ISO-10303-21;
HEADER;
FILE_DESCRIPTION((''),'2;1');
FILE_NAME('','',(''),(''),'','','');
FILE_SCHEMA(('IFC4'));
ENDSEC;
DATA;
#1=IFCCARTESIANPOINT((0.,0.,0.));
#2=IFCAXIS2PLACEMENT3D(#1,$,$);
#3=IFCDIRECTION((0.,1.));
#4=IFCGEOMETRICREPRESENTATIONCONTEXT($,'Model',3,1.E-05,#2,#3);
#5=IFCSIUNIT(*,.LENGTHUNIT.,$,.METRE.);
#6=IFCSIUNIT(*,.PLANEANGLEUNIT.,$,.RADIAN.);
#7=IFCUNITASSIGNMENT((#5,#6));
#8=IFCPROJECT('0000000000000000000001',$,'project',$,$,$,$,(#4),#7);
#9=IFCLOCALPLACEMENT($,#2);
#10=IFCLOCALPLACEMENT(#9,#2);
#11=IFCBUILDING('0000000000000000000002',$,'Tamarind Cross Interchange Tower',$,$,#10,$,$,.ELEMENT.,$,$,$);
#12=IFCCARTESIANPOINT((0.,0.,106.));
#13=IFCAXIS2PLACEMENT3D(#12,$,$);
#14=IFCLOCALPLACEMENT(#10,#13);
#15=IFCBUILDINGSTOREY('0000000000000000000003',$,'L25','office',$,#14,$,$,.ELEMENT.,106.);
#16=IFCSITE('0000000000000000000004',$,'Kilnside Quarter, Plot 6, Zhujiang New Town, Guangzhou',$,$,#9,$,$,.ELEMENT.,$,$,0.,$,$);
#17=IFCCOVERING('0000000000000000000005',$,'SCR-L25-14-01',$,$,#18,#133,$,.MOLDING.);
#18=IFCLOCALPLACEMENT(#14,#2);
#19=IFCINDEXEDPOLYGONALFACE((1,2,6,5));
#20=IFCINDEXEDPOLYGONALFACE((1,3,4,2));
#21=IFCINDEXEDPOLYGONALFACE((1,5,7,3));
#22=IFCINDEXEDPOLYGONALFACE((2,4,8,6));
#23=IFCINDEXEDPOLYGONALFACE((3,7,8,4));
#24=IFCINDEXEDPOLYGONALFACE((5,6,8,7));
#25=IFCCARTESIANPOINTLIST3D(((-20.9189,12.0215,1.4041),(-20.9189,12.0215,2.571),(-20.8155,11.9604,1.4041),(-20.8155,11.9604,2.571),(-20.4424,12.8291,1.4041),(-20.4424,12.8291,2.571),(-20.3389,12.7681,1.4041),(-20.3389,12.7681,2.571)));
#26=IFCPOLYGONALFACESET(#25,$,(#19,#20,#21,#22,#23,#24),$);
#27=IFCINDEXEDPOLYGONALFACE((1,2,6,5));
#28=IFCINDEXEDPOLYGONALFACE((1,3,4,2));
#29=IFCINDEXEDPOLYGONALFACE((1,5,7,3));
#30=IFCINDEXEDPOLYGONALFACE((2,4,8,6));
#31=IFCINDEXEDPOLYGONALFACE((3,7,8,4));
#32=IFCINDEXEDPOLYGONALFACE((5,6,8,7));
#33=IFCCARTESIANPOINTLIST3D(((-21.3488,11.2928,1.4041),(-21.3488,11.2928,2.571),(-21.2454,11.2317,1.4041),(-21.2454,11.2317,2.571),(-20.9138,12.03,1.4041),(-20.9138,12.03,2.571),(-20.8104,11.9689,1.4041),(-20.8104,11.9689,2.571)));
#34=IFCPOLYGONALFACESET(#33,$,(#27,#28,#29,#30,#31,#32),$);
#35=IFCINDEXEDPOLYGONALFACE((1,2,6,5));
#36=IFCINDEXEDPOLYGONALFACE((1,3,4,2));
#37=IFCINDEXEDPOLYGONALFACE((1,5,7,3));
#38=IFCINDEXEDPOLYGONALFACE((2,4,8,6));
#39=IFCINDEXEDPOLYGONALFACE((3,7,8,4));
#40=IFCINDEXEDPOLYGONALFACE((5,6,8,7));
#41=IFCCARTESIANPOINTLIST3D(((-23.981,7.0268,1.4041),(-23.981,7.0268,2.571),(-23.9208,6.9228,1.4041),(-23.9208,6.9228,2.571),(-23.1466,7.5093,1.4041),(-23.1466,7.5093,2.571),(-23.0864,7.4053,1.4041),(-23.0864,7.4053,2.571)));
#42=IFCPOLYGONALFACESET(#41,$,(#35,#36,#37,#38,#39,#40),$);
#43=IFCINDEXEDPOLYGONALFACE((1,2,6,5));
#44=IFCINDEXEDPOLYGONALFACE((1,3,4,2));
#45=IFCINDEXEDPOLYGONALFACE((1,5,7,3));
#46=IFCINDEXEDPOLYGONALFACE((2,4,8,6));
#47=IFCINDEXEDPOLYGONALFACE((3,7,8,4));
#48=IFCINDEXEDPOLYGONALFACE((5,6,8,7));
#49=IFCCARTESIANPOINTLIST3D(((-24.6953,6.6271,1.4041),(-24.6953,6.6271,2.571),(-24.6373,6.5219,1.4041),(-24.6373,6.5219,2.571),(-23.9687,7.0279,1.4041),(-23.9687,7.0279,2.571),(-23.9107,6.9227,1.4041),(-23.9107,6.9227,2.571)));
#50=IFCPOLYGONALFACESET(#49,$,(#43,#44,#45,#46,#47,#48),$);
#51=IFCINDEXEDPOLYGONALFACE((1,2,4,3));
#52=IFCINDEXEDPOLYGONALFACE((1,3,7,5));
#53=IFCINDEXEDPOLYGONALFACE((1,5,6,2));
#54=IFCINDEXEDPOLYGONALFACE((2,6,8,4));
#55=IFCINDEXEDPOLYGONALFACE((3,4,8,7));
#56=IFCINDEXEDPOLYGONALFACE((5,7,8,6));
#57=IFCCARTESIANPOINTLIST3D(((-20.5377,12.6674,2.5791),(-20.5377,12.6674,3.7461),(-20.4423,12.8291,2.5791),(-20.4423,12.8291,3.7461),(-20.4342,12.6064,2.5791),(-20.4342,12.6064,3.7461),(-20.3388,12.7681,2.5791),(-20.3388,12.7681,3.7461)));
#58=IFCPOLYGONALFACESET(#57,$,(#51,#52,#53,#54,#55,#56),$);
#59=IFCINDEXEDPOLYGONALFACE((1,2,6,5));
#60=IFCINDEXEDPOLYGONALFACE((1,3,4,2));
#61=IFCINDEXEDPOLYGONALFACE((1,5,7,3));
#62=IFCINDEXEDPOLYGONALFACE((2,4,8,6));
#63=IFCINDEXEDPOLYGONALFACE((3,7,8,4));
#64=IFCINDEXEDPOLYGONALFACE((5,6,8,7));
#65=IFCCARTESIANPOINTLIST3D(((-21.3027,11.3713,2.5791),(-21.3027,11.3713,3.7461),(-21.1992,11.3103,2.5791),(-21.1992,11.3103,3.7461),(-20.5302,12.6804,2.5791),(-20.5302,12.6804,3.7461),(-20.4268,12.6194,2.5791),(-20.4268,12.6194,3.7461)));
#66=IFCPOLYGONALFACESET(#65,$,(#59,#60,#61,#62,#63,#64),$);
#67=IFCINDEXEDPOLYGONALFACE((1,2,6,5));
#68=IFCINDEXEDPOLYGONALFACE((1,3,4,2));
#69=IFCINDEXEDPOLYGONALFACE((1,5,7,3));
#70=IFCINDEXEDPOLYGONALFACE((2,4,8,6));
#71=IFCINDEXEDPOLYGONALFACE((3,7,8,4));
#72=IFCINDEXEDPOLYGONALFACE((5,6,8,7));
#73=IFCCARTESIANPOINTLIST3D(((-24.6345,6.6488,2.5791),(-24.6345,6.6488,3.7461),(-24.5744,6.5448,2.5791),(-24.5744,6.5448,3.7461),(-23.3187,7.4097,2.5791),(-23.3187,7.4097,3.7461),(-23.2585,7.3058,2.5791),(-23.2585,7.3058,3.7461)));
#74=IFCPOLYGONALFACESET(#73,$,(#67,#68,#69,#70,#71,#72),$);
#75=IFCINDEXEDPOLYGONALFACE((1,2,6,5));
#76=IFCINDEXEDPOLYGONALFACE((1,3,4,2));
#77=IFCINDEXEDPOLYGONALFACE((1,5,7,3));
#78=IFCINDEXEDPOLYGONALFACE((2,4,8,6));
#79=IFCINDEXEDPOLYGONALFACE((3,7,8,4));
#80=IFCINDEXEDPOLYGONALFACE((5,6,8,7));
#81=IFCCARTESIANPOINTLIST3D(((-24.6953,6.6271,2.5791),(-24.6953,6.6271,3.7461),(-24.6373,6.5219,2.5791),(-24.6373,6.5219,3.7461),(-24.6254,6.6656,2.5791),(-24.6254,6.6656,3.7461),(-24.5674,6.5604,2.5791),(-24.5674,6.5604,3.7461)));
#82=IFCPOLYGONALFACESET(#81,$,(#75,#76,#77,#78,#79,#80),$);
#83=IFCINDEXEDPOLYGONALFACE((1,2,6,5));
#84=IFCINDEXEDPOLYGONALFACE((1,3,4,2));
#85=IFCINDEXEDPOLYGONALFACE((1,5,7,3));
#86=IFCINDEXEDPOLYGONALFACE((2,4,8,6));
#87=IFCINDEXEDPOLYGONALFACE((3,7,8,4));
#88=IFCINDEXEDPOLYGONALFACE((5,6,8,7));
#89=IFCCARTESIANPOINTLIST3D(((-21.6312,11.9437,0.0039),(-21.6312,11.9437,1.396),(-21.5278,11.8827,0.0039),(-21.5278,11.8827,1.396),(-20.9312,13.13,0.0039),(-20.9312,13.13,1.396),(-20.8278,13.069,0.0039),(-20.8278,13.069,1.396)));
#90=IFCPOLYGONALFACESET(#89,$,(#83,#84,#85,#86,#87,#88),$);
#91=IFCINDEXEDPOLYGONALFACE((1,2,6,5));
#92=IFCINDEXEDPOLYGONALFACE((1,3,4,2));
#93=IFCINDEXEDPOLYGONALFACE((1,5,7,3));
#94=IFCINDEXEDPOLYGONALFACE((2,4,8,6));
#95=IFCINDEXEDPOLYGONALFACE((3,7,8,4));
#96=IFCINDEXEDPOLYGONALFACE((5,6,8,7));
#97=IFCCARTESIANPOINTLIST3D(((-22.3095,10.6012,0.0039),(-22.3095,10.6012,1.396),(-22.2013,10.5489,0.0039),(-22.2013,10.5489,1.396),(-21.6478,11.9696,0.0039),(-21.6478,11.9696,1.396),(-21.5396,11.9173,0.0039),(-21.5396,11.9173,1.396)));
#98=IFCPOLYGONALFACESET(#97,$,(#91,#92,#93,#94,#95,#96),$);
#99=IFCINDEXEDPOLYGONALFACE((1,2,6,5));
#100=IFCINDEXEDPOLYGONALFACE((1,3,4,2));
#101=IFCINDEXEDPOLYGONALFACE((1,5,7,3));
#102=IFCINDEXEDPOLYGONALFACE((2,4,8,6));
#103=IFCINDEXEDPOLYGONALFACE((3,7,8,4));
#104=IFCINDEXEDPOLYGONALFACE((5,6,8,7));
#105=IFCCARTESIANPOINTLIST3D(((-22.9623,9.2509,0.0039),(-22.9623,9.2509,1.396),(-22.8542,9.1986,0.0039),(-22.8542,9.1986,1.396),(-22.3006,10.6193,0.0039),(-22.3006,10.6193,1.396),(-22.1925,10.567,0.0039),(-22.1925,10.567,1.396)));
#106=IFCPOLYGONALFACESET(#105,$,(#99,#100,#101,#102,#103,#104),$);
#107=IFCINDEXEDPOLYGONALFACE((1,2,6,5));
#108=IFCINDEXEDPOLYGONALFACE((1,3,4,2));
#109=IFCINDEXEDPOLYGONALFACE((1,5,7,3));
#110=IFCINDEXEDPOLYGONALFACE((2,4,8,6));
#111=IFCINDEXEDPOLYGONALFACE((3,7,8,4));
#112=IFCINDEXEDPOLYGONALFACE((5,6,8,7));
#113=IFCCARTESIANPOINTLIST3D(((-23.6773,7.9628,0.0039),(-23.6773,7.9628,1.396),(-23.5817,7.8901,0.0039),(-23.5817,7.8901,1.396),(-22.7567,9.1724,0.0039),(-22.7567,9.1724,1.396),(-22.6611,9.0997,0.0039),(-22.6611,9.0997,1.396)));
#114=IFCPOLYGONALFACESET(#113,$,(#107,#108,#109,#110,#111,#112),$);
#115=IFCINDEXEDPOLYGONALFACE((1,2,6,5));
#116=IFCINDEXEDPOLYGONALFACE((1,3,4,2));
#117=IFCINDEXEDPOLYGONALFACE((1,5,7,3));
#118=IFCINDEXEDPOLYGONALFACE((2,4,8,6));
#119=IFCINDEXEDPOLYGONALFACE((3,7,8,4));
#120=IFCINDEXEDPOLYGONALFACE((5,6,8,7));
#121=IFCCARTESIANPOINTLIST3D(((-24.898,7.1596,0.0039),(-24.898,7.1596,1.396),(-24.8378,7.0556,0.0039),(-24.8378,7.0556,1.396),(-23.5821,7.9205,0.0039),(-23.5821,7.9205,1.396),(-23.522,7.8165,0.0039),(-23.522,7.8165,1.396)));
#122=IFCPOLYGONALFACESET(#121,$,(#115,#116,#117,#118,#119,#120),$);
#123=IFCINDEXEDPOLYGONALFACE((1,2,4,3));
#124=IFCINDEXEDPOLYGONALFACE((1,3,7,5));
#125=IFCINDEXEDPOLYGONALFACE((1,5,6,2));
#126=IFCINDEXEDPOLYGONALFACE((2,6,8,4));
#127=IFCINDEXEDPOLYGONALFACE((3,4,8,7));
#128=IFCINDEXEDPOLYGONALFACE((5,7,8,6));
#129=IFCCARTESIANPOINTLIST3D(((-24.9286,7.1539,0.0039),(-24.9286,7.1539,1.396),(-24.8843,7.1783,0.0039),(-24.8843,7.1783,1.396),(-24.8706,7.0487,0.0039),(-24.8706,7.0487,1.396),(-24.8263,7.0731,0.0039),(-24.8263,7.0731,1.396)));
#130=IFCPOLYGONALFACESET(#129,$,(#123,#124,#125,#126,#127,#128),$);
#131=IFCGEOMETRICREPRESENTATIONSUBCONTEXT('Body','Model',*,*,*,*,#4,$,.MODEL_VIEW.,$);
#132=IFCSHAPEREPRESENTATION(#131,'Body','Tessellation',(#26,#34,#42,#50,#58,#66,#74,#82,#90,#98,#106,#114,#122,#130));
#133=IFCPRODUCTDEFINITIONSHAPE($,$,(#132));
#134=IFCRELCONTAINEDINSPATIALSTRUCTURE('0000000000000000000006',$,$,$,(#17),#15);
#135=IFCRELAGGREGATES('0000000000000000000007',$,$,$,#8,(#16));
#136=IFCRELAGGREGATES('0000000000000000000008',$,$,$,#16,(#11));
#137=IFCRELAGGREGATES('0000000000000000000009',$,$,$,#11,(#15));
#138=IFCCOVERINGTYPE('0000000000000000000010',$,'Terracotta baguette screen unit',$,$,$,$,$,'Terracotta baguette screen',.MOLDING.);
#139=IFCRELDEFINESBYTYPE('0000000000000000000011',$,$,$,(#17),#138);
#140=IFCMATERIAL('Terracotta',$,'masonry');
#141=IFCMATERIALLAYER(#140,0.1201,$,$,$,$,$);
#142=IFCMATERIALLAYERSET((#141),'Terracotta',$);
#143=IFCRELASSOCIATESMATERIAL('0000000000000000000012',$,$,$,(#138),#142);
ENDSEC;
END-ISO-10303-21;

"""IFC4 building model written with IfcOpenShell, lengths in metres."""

from ifc_helpers import new_model, si_unit, direction, frame, origin, origin_2d, place, context, subcontext, project, spatial, rectangle, extrude, material, layer, layer_set, type_object, element, save


model = new_model("IFC4")

# Units and contexts
model_context = context("Model", 3, precision=1e-05, world=origin(), true_north=direction((0.0, 1.0)))
body_context = subcontext(model_context, "Body", "Model", "MODEL_VIEW")
ifc_project = project(units=[si_unit("LENGTHUNIT", "METRE"), si_unit("PLANEANGLEUNIT", "RADIAN")], contexts=[model_context])

# Site, building, storey
site_placement = place(None, origin())
site = spatial("IfcSite", under=ifc_project, at=site_placement, Name="Kilnside Quarter, Plot 6, Zhujiang New Town, Guangzhou", CompositionType="ELEMENT", RefElevation=0.0)
building_placement = place(site_placement, origin())
building = spatial("IfcBuilding", under=site, at=building_placement, Name="Tamarind Cross Interchange Tower", CompositionType="ELEMENT")
storey_placement = place(building_placement, frame((0.0, 0.0, 106.0)))
storey = spatial("IfcBuildingStorey", under=building, at=storey_placement, Name="L25", Description="office", CompositionType="ELEMENT", Elevation=106.0)

# Covering
ifc_material_1 = material(Name="Terracotta", Category="masonry")
ifc_layer_1 = layer(ifc_material_1, 0.1201)
ifc_layer_set_1 = layer_set([ifc_layer_1], Name="Terracotta")
covering_type = type_object("IfcCoveringType", Name="Terracotta baguette screen unit", ElementType="Terracotta baguette screen", PredefinedType="MOLDING", material=ifc_layer_set_1)
covering_1_placement = place(storey_placement, origin())
element("IfcCovering", 1, at=covering_1_placement, inside=storey, type_object=covering_type, Name="SCR-L25-14-01", PredefinedType="MOLDING", context=body_context, shape_type="SweptSolid", body=[
    extrude(rectangle(XDim=0.9377, YDim=0.1201, at=origin_2d()), frame((-20.6289, 12.3948, 1.4041), z_axis=(0.0, 0.0, 1.0), x_axis=(-0.508183, -0.861249, 0.0)), (0.0, 0.0, 1.0), 1.167),
    extrude(rectangle(XDim=0.856, YDim=0.1201, at=origin_2d()), frame((-21.0796, 11.6309, 1.4041), z_axis=(0.0, 0.0, 1.0), x_axis=(-0.508183, -0.861249, 0.0)), (0.0, 0.0, 1.0), 1.167),
    extrude(rectangle(XDim=0.9639, YDim=0.1201, at=origin_2d()), frame((-23.5337, 7.2161, 1.4041), z_axis=(0.0, 0.0, 1.0), x_axis=(-0.865684, -0.500592, 0.0)), (0.0, 0.0, 1.0), 1.167),
    extrude(rectangle(XDim=0.8298, YDim=0.1201, at=origin_2d()), frame((-24.303, 6.7749, 1.4041), z_axis=(0.0, 0.0, 1.0), x_axis=(-0.875598, -0.483041, 0.0)), (0.0, 0.0, 1.0), 1.167),
    extrude(rectangle(XDim=0.1877, YDim=0.1201, at=origin_2d()), frame((-20.4382, 12.7178, 2.5791), z_axis=(0.0, 0.0, 1.0), x_axis=(-0.508183, -0.861249, 0.0)), (0.0, 0.0, 1.0), 1.167),
    extrude(rectangle(XDim=1.52, YDim=0.1201, at=origin_2d()), frame((-20.8647, 11.9954, 2.5791), z_axis=(0.0, 0.0, 1.0), x_axis=(-0.508183, -0.861249, 0.0)), (0.0, 0.0, 1.0), 1.167),
    extrude(rectangle(XDim=1.52, YDim=0.1201, at=origin_2d()), frame((-23.9465, 6.9773, 2.5791), z_axis=(0.0, 0.0, 1.0), x_axis=(-0.865684, -0.500592, 0.0)), (0.0, 0.0, 1.0), 1.167),
    extrude(rectangle(XDim=0.0798, YDim=0.1201, at=origin_2d()), frame((-24.6313, 6.5938, 2.5791), z_axis=(0.0, 0.0, 1.0), x_axis=(-0.875598, -0.483041, 0.0)), (0.0, 0.0, 1.0), 1.167),
    extrude(rectangle(XDim=1.3774, YDim=0.1201, at=origin_2d()), frame((-21.2295, 12.5063, 0.0039), z_axis=(0.0, 0.0, 1.0), x_axis=(-0.508183, -0.861249, 0.0)), (0.0, 0.0, 1.0), 1.3921),
    extrude(rectangle(XDim=1.52, YDim=0.1201, at=origin_2d()), frame((-21.9246, 11.2593, 0.0039), z_axis=(0.0, 0.0, 1.0), x_axis=(-0.435326, -0.900273, 0.0)), (0.0, 0.0, 1.0), 1.3921),
    extrude(rectangle(XDim=1.52, YDim=0.1201, at=origin_2d()), frame((-22.5774, 9.9089, 0.0039), z_axis=(0.0, 0.0, 1.0), x_axis=(-0.435326, -0.900273, 0.0)), (0.0, 0.0, 1.0), 1.3921),
    extrude(rectangle(XDim=1.52, YDim=0.1201, at=origin_2d()), frame((-23.1692, 8.5312, 0.0039), z_axis=(0.0, 0.0, 1.0), x_axis=(-0.605628, -0.795748, 0.0)), (0.0, 0.0, 1.0), 1.3921),
    extrude(rectangle(XDim=1.52, YDim=0.1201, at=origin_2d()), frame((-24.21, 7.488, 0.0039), z_axis=(0.0, 0.0, 1.0), x_axis=(-0.865684, -0.500592, 0.0)), (0.0, 0.0, 1.0), 1.3921),
    extrude(rectangle(XDim=0.0505, YDim=0.1201, at=origin_2d()), frame((-24.8774, 7.1135, 0.0039), z_axis=(0.0, 0.0, 1.0), x_axis=(-0.875598, -0.483041, 0.0)), (0.0, 0.0, 1.0), 1.3921),
])

save(model, "model.ifc")
